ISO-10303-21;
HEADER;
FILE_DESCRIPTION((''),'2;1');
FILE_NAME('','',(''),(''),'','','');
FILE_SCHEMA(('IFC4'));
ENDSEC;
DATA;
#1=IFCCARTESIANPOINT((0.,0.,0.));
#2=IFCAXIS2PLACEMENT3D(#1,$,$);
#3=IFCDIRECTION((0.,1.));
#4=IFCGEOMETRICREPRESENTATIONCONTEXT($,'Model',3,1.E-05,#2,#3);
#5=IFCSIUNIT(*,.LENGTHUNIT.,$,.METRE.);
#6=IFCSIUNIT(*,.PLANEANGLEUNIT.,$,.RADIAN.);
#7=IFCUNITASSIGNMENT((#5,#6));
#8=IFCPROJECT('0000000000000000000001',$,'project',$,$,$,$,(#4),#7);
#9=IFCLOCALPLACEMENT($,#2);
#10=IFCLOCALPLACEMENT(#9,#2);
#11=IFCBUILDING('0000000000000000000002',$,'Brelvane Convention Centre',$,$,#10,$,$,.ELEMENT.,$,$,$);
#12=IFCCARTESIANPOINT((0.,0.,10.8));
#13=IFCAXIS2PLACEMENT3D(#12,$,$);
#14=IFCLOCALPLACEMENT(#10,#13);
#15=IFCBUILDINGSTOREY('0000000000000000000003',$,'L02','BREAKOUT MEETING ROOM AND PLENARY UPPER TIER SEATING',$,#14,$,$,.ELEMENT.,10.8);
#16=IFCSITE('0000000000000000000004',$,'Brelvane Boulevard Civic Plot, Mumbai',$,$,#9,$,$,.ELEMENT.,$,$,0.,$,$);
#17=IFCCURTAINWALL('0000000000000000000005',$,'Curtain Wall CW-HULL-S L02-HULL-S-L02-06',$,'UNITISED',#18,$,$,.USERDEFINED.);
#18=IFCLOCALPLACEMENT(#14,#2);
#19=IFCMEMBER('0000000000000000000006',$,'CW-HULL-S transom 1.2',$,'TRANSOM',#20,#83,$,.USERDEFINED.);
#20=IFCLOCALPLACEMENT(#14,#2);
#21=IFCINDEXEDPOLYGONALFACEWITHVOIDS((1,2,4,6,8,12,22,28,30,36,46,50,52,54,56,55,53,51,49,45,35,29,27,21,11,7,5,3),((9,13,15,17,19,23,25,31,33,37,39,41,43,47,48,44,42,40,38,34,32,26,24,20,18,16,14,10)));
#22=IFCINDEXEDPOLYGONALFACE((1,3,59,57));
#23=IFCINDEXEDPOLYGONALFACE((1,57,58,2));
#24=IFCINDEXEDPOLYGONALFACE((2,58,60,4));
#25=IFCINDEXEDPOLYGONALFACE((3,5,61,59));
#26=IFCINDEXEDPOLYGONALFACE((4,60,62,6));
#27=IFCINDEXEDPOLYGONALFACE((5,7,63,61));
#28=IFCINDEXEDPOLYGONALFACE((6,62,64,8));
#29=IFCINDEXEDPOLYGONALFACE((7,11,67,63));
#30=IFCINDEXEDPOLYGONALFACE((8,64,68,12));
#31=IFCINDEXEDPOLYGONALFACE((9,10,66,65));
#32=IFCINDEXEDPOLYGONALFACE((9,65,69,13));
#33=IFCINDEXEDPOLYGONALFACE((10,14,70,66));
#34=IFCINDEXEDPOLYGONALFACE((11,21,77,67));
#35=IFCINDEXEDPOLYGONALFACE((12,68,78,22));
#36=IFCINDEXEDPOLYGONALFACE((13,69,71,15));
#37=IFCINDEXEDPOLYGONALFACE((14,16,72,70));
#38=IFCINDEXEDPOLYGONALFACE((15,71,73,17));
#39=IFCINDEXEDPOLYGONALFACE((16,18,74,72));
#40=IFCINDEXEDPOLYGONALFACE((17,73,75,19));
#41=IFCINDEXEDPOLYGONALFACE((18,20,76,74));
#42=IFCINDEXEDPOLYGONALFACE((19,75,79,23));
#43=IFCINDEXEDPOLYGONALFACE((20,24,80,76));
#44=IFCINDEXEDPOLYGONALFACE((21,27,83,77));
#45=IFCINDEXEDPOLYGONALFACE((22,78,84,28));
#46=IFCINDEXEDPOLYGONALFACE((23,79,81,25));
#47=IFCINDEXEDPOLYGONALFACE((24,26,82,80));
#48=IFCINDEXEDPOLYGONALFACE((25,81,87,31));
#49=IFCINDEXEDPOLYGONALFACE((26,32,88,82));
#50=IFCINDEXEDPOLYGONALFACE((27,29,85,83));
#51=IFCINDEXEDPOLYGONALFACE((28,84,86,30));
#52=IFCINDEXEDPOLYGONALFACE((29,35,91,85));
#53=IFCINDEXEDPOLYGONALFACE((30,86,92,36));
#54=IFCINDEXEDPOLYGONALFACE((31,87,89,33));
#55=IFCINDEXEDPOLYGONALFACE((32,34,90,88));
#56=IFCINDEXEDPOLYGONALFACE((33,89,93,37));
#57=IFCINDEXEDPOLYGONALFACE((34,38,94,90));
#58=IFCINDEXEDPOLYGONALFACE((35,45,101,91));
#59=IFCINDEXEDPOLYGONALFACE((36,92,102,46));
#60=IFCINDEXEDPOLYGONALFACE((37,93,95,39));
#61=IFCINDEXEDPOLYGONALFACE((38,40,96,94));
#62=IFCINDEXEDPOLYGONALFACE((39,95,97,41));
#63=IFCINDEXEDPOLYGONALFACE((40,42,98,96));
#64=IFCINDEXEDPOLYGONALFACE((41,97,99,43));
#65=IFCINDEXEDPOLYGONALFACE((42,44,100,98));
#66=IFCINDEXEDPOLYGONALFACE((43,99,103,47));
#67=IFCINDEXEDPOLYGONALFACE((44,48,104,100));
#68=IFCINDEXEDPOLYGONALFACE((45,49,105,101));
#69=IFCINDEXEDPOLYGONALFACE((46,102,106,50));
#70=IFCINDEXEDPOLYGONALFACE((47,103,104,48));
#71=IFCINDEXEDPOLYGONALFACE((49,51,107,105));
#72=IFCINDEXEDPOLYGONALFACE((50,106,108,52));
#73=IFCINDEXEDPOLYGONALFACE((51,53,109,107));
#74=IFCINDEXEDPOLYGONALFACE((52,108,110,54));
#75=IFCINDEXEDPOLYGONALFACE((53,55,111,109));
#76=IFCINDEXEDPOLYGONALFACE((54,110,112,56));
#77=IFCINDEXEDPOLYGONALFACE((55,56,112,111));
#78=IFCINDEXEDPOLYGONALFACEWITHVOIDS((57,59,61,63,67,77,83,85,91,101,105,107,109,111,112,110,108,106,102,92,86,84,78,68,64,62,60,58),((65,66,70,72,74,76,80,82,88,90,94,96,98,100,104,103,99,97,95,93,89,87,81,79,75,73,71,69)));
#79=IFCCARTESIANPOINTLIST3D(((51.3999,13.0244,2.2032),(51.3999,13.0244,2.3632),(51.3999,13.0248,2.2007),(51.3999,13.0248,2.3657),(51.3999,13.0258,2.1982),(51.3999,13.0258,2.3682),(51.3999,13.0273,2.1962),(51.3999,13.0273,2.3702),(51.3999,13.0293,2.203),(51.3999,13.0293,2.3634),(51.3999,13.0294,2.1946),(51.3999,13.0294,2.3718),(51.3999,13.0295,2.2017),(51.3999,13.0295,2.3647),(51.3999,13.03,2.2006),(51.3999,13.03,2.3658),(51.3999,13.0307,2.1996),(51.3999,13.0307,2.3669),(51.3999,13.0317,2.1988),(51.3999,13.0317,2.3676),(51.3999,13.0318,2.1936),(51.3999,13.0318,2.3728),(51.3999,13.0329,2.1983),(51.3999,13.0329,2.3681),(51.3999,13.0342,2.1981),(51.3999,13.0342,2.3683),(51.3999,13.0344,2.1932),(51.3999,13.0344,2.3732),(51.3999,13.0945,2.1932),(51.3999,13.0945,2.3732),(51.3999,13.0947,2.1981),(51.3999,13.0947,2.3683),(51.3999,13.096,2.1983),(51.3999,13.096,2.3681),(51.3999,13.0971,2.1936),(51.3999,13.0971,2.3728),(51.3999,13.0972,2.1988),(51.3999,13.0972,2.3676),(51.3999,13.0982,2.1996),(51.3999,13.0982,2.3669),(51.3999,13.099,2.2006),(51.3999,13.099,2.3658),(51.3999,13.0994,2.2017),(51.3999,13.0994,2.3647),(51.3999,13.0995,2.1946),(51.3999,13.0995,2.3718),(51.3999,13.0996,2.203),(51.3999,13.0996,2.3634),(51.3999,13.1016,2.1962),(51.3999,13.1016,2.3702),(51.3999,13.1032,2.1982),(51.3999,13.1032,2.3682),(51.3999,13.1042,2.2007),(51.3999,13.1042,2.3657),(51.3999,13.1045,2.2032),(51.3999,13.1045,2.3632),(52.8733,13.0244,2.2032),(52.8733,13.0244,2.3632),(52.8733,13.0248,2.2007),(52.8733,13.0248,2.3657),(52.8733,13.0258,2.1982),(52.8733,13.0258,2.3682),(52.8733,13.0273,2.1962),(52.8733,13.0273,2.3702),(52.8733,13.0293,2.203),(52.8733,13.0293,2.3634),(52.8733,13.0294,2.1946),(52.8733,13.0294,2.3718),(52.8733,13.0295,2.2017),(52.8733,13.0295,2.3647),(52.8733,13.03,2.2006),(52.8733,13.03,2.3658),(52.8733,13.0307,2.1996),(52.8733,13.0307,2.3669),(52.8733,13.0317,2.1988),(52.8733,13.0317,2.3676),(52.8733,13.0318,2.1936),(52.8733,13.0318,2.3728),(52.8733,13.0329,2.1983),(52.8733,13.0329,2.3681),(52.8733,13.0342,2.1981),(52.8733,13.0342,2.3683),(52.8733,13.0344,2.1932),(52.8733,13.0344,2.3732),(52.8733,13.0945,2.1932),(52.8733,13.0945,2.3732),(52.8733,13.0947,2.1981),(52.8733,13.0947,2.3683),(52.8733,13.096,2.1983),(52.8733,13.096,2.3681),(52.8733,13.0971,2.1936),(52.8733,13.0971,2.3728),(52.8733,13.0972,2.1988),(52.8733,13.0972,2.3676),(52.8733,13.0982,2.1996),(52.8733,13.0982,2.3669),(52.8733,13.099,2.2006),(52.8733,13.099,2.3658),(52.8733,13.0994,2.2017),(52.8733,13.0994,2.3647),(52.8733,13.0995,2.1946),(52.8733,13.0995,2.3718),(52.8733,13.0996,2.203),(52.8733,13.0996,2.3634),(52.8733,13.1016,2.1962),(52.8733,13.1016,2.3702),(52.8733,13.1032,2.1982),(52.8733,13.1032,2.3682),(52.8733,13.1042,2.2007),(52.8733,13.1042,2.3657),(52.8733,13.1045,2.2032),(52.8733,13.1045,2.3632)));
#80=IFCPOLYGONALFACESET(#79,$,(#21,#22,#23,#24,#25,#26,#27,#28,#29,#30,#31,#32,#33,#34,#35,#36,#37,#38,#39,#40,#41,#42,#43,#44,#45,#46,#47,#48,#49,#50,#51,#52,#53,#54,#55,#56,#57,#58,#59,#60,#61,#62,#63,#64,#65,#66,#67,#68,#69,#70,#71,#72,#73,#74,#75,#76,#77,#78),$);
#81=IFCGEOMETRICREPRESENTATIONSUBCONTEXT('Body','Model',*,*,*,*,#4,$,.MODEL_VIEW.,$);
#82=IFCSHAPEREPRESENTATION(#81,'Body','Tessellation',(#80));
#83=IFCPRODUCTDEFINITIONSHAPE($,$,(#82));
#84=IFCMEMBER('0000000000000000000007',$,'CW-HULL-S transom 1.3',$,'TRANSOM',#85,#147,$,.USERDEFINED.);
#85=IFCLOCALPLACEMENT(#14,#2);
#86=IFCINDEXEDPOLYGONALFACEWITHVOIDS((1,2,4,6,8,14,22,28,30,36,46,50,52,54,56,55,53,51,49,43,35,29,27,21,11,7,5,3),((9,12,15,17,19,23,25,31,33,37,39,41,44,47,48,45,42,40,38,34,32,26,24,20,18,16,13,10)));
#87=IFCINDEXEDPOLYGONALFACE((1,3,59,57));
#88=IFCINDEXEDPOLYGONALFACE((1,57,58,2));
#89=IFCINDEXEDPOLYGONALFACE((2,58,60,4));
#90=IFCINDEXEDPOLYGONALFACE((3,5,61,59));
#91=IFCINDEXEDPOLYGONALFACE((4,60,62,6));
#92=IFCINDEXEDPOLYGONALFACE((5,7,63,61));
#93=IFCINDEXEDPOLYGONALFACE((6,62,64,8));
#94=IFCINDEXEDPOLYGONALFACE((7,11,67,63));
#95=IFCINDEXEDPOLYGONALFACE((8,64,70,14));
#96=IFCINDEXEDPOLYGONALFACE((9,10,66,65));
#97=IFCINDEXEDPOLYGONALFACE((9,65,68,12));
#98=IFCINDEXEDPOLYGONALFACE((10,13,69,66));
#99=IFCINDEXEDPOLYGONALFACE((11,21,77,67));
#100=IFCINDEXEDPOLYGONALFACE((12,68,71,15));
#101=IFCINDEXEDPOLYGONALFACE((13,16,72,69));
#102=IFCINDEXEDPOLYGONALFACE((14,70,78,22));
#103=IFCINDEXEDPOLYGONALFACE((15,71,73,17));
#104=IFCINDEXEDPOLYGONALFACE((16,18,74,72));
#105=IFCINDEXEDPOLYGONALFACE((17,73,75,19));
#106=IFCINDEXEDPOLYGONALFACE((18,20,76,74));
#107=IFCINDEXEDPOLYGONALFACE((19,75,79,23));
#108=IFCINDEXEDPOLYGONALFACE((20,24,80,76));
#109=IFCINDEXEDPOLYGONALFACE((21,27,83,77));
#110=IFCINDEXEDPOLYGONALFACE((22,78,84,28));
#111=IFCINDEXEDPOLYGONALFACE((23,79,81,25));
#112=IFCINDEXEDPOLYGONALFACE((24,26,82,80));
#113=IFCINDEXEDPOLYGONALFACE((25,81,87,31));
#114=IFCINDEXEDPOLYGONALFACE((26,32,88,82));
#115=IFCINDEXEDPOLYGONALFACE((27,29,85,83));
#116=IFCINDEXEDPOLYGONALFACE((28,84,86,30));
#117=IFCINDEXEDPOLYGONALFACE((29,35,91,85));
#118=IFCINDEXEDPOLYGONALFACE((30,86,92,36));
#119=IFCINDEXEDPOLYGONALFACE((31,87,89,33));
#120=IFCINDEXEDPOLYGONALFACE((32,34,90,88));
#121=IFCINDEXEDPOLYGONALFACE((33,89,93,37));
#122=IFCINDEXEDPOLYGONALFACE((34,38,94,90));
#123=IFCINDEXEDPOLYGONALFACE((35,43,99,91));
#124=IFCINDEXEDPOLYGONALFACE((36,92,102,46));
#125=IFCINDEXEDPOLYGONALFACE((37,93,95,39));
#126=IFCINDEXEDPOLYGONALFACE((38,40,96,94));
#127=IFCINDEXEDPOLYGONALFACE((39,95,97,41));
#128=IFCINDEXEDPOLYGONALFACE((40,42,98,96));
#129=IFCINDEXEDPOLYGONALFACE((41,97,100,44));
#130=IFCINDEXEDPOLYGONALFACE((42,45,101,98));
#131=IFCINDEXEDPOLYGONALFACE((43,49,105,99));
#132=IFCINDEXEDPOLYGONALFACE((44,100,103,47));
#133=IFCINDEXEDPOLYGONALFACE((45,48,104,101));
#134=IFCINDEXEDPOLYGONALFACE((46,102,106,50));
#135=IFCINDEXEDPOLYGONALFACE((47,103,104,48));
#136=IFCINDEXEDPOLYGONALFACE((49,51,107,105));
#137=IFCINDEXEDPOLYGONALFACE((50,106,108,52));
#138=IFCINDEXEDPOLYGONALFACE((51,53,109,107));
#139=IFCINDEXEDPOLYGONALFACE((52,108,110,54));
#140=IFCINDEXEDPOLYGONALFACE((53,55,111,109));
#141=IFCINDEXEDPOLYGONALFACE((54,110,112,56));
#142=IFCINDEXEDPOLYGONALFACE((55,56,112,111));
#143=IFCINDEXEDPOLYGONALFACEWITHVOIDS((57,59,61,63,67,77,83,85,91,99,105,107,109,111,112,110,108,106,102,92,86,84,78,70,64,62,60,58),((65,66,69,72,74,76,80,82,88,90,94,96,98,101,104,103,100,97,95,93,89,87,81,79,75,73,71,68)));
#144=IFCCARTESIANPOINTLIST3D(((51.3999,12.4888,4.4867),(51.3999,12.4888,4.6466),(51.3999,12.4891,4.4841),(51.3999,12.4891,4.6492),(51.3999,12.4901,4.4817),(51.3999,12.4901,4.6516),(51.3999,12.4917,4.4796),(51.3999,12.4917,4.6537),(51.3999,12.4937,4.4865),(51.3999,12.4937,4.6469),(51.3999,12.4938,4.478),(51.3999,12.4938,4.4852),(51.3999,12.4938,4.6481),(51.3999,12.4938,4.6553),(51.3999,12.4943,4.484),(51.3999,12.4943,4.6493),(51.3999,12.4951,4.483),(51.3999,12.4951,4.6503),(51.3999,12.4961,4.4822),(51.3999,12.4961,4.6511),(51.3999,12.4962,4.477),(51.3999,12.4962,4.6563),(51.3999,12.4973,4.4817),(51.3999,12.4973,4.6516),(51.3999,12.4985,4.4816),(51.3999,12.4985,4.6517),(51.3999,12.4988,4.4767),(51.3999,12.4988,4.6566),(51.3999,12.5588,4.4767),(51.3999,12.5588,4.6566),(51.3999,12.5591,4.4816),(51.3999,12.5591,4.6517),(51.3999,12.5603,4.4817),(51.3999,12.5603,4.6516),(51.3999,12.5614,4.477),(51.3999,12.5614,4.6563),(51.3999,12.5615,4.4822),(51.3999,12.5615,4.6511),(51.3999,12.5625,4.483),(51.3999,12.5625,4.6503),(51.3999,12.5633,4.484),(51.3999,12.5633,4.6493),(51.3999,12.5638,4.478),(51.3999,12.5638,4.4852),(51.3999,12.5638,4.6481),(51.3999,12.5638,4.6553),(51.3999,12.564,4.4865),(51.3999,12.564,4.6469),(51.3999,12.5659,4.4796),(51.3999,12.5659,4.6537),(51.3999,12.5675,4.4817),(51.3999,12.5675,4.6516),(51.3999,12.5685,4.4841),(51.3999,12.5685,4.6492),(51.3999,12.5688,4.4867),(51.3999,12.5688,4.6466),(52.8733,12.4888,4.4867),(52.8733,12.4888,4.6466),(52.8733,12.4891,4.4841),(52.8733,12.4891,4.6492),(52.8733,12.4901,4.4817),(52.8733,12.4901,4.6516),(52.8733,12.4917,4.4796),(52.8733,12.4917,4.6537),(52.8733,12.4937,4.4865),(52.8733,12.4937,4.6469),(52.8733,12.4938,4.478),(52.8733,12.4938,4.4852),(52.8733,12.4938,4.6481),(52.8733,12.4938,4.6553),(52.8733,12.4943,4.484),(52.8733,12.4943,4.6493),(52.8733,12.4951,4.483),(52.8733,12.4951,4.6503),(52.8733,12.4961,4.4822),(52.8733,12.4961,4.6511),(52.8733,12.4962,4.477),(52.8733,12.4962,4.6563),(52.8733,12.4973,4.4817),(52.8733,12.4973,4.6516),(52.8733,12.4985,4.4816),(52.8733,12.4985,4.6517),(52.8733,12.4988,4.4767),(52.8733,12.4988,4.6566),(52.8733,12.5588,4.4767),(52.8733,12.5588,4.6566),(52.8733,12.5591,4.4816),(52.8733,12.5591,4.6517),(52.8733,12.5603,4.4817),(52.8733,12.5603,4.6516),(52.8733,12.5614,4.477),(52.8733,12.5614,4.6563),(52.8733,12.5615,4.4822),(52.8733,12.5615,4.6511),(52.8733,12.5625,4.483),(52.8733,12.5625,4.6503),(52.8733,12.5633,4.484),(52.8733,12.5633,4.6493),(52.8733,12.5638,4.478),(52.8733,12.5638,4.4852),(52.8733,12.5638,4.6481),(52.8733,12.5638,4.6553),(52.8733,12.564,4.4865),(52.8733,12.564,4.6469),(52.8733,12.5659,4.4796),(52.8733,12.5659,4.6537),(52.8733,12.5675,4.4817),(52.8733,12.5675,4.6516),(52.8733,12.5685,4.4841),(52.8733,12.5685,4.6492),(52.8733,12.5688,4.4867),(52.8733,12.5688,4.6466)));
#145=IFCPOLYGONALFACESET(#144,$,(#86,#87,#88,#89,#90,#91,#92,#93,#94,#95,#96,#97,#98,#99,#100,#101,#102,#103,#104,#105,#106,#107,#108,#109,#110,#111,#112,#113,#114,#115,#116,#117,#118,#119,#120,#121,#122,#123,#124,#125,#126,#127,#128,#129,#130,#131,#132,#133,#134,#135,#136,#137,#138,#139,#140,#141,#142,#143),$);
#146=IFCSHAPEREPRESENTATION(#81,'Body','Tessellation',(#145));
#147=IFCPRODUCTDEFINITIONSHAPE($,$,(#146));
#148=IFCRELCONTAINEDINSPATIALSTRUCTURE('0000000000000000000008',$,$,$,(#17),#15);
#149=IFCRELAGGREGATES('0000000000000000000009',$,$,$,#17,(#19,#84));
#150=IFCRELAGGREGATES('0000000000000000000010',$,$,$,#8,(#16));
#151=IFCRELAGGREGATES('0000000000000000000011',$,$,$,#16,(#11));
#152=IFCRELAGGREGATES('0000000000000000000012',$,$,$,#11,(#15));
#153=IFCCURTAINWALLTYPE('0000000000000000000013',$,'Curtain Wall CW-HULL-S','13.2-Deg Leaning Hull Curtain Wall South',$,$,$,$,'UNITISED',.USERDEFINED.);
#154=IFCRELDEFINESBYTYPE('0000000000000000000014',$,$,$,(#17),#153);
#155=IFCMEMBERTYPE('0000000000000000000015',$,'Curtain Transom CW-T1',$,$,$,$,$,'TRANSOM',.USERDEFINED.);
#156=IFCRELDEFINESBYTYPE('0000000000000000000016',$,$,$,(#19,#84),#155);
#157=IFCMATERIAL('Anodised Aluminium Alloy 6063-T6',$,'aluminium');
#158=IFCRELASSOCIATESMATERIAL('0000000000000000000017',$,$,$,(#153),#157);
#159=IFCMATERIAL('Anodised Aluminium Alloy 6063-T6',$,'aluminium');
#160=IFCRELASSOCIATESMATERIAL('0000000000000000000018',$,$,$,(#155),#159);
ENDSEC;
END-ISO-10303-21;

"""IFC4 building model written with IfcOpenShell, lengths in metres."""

from ifc_helpers import new_model, si_unit, direction, frame, origin, origin_2d, place, context, subcontext, project, spatial, hollow_rectangle, extrude, material, material_profile, profile_set, type_object, element, aggregate, save


model = new_model("IFC4")

# Units and contexts
model_context = context("Model", 3, precision=1e-05, world=origin(), true_north=direction((0.0, 1.0)))
body_context = subcontext(model_context, "Body", "Model", "MODEL_VIEW")
ifc_project = project(units=[si_unit("LENGTHUNIT", "METRE"), si_unit("PLANEANGLEUNIT", "RADIAN")], contexts=[model_context])

# Site, building, storey
site_placement = place(None, origin())
site = spatial("IfcSite", under=ifc_project, at=site_placement, Name="Brelvane Boulevard Civic Plot, Mumbai", CompositionType="ELEMENT", RefElevation=0.0)
building_placement = place(site_placement, origin())
building = spatial("IfcBuilding", under=site, at=building_placement, Name="Brelvane Convention Centre", CompositionType="ELEMENT")
storey_placement = place(building_placement, frame((0.0, 0.0, 10.8)))
storey = spatial("IfcBuildingStorey", under=building, at=storey_placement, Name="L02", Description="BREAKOUT MEETING ROOM AND PLENARY UPPER TIER SEATING", CompositionType="ELEMENT", Elevation=10.8)

# Curtain wall, members
ifc_material_1 = material(Name="Anodised Aluminium Alloy 6063-T6", Category="aluminium")
curtain_wall_type = type_object("IfcCurtainWallType", Name="Curtain Wall CW-HULL-S", Description="13.2-Deg Leaning Hull Curtain Wall South", ElementType="UNITISED", PredefinedType="USERDEFINED", material=ifc_material_1)
curtain_wall_placement = place(storey_placement, origin())
curtain_wall = element("IfcCurtainWall", 1, at=curtain_wall_placement, inside=storey, type_object=curtain_wall_type, Name="Curtain Wall CW-HULL-S L02-HULL-S-L02-06", ObjectType="UNITISED", PredefinedType="USERDEFINED")
ifc_material_2 = material(Name="Anodised Aluminium Alloy 6063-T6", Category="aluminium")
ifc_material_profile = material_profile(ifc_material_2, hollow_rectangle(XDim=0.0801, YDim=0.1799, WallThickness=0.0049, InnerFilletRadius=0.0049, OuterFilletRadius=0.01, at=origin_2d()), Name="ALU-T 180x80x5.0")
ifc_profile_set = profile_set([ifc_material_profile], Name="Anodised Aluminium Alloy 6063-T6")
member_type = type_object("IfcMemberType", Name="Curtain Transom CW-T1", ElementType="TRANSOM", PredefinedType="USERDEFINED", material=ifc_profile_set)
member_1_placement = place(storey_placement, frame((51.3999, 13.0645, 2.2832), z_axis=(1.0, 0.0, 0.0), x_axis=(0.0, 1.0, 0.0)))
member_1 = element("IfcMember", 2, at=member_1_placement, type_object=member_type, Name="CW-HULL-S transom 1.2", ObjectType="TRANSOM", PredefinedType="USERDEFINED", context=body_context, shape_type="SweptSolid", body=[
    extrude(hollow_rectangle(XDim=0.0801, YDim=0.1799, WallThickness=0.0049, InnerFilletRadius=0.0049, OuterFilletRadius=0.01, at=origin_2d()), origin(), (0.0, 0.0, 1.0), 1.4734),
])
member_2_placement = place(storey_placement, frame((51.3999, 12.5288, 4.5667), z_axis=(1.0, 0.0, 0.0), x_axis=(0.0, 1.0, 0.0)))
member_2 = element("IfcMember", 3, at=member_2_placement, type_object=member_type, Name="CW-HULL-S transom 1.3", ObjectType="TRANSOM", PredefinedType="USERDEFINED", context=body_context, shape_type="SweptSolid", body=[
    extrude(hollow_rectangle(XDim=0.0801, YDim=0.1799, WallThickness=0.0049, InnerFilletRadius=0.0049, OuterFilletRadius=0.01, at=origin_2d()), origin(), (0.0, 0.0, 1.0), 1.4734),
])
aggregate(curtain_wall, [member_1, member_2])

save(model, "model.ifc")
